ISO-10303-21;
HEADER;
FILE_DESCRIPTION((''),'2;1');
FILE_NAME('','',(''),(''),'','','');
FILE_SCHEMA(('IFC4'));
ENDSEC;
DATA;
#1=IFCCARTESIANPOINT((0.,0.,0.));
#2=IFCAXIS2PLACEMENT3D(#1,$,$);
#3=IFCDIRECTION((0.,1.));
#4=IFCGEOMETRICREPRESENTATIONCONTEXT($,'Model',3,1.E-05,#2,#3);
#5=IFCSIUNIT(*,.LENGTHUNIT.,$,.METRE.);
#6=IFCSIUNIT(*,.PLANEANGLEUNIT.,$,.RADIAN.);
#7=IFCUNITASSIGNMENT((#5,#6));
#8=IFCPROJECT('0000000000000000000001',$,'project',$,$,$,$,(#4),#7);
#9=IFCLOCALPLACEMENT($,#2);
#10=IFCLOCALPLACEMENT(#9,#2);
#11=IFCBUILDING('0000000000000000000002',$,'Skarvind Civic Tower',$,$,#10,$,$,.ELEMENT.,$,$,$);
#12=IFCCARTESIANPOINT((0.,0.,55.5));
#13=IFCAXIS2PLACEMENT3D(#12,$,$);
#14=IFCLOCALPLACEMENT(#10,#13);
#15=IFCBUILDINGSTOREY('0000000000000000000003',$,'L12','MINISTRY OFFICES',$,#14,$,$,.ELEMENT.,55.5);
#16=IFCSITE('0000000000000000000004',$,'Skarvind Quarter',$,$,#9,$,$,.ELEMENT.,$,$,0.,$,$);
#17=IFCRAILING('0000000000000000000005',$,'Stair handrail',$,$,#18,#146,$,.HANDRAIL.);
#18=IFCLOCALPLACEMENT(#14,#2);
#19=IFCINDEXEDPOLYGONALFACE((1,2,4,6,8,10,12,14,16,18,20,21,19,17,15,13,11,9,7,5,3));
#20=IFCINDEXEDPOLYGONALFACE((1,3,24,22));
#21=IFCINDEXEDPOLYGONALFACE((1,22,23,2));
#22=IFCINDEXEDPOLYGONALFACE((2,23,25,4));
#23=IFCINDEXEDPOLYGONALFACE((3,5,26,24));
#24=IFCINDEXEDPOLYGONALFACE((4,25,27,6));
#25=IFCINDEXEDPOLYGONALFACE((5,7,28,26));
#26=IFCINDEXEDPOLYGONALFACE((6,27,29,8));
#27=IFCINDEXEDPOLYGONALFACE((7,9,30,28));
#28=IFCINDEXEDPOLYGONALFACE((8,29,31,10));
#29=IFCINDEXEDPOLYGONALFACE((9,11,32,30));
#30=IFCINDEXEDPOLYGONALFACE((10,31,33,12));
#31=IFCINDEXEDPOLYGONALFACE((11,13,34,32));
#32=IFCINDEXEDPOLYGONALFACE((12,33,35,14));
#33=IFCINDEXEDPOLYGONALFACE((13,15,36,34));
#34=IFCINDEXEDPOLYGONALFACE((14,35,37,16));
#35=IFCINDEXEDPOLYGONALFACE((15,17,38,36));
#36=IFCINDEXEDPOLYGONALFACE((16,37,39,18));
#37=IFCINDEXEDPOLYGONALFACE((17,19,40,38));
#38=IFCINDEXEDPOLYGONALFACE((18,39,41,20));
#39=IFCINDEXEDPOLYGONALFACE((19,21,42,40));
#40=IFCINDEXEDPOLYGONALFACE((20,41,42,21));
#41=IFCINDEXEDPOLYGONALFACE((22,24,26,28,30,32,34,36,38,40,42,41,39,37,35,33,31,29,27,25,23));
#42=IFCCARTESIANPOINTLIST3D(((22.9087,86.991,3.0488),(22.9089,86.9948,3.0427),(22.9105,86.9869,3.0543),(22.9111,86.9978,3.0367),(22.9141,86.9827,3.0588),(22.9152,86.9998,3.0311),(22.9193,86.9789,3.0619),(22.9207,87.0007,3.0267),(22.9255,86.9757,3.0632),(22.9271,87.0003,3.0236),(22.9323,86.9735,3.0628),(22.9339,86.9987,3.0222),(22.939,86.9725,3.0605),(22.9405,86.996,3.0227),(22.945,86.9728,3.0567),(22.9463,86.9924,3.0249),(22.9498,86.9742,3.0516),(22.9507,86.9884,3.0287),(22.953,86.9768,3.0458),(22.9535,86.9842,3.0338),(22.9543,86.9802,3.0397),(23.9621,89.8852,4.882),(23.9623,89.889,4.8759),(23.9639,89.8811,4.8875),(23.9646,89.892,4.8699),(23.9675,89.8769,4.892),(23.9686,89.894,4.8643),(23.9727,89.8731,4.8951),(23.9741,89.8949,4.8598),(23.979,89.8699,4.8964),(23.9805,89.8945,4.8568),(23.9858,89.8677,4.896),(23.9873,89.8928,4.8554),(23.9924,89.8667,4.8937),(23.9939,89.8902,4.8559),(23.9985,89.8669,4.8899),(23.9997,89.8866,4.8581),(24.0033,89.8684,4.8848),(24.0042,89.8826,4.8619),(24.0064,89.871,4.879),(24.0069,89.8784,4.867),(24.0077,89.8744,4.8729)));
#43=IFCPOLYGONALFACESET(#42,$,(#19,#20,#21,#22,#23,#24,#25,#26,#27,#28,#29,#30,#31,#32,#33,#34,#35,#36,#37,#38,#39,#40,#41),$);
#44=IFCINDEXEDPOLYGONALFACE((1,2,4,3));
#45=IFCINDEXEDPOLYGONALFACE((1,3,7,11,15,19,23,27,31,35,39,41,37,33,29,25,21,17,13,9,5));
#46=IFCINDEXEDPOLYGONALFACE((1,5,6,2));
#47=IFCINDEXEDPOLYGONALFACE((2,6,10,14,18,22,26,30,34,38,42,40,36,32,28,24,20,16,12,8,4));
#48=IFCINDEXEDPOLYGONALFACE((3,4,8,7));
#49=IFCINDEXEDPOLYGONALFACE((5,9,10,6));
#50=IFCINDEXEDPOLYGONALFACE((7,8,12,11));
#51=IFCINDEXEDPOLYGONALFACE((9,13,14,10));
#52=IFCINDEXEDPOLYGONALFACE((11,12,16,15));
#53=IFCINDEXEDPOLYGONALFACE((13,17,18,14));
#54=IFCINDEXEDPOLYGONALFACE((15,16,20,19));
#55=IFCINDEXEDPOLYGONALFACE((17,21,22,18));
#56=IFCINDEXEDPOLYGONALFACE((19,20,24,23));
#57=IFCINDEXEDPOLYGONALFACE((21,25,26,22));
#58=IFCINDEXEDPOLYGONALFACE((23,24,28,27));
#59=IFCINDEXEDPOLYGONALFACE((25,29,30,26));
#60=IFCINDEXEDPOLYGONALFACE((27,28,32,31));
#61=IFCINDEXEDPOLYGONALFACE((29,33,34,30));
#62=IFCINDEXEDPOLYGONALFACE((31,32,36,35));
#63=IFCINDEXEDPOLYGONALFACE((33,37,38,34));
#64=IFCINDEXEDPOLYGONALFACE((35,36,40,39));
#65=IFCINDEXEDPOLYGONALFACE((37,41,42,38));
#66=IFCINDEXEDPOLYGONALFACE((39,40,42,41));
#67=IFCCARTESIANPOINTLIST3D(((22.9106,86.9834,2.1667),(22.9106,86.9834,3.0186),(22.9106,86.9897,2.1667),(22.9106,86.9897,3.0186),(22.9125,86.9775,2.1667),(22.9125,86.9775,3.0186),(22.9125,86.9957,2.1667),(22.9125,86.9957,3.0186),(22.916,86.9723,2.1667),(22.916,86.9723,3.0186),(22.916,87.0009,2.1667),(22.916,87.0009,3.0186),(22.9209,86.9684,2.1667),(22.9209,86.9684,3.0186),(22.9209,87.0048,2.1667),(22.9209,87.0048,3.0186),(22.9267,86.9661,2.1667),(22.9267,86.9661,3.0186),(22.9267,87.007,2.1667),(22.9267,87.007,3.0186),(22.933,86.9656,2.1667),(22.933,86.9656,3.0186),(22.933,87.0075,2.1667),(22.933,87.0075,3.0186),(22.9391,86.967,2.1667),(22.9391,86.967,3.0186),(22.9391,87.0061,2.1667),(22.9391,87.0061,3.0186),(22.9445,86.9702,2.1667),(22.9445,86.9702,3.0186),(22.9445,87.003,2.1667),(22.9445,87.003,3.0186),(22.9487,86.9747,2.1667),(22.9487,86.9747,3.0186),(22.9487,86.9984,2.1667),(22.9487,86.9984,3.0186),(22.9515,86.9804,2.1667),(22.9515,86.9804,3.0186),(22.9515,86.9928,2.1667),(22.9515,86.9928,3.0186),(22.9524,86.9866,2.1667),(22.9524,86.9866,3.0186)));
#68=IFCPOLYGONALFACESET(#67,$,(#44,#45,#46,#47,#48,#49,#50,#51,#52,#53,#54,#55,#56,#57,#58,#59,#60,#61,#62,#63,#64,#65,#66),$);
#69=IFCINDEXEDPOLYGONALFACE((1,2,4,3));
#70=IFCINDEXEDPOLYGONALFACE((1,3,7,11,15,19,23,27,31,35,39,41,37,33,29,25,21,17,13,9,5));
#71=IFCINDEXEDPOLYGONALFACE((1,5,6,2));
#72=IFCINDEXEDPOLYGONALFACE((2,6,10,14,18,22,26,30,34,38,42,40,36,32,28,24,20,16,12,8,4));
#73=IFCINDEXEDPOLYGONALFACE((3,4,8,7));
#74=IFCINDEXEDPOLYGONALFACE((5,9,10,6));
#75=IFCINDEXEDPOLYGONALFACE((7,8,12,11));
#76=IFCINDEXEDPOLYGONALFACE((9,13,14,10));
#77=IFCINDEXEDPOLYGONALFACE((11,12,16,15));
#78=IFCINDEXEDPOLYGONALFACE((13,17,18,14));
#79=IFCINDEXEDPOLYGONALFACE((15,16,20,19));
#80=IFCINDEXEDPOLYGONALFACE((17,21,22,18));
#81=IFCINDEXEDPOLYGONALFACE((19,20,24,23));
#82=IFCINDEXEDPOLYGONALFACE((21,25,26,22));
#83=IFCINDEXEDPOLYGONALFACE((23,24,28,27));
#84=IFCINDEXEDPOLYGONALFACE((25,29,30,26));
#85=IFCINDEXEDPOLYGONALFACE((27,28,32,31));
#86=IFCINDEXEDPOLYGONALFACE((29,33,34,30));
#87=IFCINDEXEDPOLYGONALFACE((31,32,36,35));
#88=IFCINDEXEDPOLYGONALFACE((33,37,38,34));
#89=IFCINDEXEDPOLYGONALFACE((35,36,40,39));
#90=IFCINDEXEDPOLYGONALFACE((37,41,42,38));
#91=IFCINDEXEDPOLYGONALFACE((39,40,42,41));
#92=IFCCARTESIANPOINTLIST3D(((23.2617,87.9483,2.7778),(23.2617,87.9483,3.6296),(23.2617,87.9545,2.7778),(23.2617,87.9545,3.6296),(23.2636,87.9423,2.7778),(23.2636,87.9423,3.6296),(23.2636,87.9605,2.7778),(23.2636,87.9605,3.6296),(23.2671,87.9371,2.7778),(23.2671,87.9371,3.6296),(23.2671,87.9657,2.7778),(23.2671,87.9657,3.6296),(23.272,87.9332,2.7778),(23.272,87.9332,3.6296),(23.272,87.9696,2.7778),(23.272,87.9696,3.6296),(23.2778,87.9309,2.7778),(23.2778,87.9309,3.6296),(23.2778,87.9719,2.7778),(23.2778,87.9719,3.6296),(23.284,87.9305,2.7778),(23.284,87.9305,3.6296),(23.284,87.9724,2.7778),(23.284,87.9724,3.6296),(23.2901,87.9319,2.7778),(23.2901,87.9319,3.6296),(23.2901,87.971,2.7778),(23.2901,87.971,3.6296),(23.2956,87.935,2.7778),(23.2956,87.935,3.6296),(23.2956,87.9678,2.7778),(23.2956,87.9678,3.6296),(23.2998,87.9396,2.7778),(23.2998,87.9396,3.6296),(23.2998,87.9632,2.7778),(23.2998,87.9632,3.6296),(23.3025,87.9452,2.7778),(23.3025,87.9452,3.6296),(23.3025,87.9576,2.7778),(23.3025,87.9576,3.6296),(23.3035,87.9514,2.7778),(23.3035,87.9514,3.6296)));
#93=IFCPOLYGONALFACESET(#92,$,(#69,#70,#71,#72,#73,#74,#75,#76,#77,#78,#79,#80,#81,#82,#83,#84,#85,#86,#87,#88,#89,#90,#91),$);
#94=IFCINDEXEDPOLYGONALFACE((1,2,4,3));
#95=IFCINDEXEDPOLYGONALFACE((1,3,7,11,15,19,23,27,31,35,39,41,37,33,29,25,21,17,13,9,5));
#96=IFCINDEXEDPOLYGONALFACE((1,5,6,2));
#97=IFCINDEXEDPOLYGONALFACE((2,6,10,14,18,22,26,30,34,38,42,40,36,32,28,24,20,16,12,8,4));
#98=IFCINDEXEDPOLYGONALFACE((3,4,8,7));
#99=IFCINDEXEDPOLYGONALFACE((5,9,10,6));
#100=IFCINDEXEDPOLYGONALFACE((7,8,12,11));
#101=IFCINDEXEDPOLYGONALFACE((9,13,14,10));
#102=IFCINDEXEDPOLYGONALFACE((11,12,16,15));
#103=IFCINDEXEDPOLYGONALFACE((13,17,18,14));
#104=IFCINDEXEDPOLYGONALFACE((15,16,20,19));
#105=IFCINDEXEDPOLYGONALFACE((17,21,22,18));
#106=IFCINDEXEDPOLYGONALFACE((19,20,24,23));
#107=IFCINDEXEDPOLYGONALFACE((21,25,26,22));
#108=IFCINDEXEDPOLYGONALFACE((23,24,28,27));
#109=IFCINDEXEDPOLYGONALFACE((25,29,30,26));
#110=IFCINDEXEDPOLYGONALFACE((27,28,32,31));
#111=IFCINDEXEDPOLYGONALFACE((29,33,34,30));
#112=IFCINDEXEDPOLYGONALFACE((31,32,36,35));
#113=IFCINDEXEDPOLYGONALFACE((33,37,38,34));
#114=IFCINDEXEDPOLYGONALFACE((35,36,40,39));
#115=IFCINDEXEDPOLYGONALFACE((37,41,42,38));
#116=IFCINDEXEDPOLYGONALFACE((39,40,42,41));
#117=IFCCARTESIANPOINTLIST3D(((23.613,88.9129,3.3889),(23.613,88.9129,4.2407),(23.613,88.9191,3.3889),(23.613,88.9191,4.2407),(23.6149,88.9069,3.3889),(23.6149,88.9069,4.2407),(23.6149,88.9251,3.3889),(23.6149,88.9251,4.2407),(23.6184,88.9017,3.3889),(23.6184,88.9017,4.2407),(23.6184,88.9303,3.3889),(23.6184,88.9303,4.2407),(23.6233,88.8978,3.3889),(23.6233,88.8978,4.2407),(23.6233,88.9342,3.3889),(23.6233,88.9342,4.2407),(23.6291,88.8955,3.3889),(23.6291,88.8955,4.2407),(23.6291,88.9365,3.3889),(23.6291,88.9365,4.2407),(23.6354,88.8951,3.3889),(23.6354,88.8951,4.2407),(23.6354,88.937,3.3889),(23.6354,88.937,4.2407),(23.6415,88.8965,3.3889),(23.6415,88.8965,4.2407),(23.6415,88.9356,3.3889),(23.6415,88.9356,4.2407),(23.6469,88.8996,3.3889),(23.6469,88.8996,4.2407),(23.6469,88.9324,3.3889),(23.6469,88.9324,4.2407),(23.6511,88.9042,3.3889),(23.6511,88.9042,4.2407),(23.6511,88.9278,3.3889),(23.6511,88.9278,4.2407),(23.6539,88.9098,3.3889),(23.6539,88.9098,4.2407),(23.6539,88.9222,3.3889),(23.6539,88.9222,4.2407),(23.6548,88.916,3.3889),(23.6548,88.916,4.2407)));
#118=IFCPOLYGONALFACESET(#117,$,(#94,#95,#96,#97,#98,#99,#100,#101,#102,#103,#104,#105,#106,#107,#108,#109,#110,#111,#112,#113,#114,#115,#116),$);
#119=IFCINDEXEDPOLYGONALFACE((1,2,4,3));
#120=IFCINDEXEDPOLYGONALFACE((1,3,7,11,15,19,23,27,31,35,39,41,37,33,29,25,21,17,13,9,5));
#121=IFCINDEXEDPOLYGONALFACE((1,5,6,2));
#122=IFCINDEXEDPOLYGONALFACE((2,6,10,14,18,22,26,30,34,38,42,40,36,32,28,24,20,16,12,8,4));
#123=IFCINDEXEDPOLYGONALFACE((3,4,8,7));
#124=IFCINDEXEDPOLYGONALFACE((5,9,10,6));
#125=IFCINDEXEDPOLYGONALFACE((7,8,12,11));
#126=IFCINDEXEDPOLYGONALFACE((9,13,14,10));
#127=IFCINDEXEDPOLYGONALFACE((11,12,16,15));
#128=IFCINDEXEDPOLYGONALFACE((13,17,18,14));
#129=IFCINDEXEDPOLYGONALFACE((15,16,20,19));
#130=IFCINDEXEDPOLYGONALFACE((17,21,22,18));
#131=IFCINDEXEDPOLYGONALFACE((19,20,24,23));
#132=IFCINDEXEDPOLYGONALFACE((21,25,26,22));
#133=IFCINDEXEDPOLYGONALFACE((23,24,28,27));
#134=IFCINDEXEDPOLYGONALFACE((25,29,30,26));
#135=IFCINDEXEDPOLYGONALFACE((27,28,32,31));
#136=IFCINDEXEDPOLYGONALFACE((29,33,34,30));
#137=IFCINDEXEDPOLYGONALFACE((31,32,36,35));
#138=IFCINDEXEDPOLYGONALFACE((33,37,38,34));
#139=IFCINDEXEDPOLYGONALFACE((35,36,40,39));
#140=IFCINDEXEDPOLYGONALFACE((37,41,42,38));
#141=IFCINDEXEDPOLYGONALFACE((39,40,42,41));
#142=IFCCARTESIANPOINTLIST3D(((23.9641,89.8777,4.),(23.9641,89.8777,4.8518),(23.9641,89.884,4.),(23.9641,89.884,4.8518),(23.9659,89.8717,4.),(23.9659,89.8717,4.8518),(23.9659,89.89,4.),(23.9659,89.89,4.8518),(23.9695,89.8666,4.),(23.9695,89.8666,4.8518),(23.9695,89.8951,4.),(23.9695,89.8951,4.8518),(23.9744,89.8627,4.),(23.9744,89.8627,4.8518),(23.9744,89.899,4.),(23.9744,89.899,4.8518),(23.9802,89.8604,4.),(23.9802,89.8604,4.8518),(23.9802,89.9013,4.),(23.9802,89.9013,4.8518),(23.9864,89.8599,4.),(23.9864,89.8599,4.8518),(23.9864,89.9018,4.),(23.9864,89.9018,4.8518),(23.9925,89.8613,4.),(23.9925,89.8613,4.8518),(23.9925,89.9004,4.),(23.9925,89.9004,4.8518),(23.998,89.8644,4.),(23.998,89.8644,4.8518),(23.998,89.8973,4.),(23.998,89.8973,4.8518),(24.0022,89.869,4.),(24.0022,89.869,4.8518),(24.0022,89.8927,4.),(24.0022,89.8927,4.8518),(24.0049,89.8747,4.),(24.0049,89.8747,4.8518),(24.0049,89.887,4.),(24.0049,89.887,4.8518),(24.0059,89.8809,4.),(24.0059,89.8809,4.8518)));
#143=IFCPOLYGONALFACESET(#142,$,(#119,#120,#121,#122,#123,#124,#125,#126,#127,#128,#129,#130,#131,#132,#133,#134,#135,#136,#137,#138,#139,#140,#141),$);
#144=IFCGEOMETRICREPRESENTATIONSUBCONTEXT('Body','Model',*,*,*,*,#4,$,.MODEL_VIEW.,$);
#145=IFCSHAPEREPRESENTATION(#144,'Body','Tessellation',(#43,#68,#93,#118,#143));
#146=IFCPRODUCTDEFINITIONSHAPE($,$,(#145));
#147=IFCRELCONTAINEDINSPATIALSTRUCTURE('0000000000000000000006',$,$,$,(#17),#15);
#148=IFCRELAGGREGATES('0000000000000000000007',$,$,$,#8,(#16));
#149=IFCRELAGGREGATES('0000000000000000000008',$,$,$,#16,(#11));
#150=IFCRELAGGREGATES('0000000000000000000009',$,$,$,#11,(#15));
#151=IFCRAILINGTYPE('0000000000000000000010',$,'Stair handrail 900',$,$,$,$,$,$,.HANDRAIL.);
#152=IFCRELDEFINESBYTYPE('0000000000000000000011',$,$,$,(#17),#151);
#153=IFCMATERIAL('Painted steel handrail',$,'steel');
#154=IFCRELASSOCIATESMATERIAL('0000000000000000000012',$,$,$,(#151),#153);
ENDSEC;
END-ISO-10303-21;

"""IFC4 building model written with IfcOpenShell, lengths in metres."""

from ifc_helpers import new_model, si_unit, direction, frame, origin, origin_2d, place, context, subcontext, project, spatial, circle, extrude, material, type_object, element, save


model = new_model("IFC4")

# Units and contexts
model_context = context("Model", 3, precision=1e-05, world=origin(), true_north=direction((0.0, 1.0)))
body_context = subcontext(model_context, "Body", "Model", "MODEL_VIEW")
ifc_project = project(units=[si_unit("LENGTHUNIT", "METRE"), si_unit("PLANEANGLEUNIT", "RADIAN")], contexts=[model_context])

# Site, building, storey
site_placement = place(None, origin())
site = spatial("IfcSite", under=ifc_project, at=site_placement, Name="Skarvind Quarter", CompositionType="ELEMENT", RefElevation=0.0)
building_placement = place(site_placement, origin())
building = spatial("IfcBuilding", under=site, at=building_placement, Name="Skarvind Civic Tower", CompositionType="ELEMENT")
storey_placement = place(building_placement, frame((0.0, 0.0, 55.5)))
storey = spatial("IfcBuildingStorey", under=building, at=storey_placement, Name="L12", Description="MINISTRY OFFICES", CompositionType="ELEMENT", Elevation=55.5)

# Railing
ifc_material_1 = material(Name="Painted steel handrail", Category="steel")
railing_type = type_object("IfcRailingType", Name="Stair handrail 900", PredefinedType="HANDRAIL", material=ifc_material_1)
railing_1_placement = place(storey_placement, frame((22.9314, 86.9866, 2.1667)))
element("IfcRailing", 1, at=railing_1_placement, inside=storey, type_object=railing_type, Name="Stair handrail", PredefinedType="HANDRAIL", context=body_context, shape_type="SweptSolid", body=[
    extrude(circle(Radius=0.0239, at=origin_2d()), frame((0.0, 0.0, 0.876), z_axis=(0.293908, 0.807481, 0.511461), x_axis=(-0.939689, 0.342029, 0.0)), (0.0, 0.0, 1.0), 3.5842),
    extrude(circle(Radius=0.021, at=origin_2d()), origin(), (0.0, 0.0, 1.0), 0.8518),
    extrude(circle(Radius=0.021, at=origin_2d()), frame((0.3511, 0.9648, 0.6111)), (0.0, 0.0, 1.0), 0.8518),
    extrude(circle(Radius=0.021, at=origin_2d()), frame((0.7024, 1.9294, 1.2222)), (0.0, 0.0, 1.0), 0.8518),
    extrude(circle(Radius=0.021, at=origin_2d()), frame((1.0535, 2.8943, 1.8333)), (0.0, 0.0, 1.0), 0.8518),
])

save(model, "model.ifc")
